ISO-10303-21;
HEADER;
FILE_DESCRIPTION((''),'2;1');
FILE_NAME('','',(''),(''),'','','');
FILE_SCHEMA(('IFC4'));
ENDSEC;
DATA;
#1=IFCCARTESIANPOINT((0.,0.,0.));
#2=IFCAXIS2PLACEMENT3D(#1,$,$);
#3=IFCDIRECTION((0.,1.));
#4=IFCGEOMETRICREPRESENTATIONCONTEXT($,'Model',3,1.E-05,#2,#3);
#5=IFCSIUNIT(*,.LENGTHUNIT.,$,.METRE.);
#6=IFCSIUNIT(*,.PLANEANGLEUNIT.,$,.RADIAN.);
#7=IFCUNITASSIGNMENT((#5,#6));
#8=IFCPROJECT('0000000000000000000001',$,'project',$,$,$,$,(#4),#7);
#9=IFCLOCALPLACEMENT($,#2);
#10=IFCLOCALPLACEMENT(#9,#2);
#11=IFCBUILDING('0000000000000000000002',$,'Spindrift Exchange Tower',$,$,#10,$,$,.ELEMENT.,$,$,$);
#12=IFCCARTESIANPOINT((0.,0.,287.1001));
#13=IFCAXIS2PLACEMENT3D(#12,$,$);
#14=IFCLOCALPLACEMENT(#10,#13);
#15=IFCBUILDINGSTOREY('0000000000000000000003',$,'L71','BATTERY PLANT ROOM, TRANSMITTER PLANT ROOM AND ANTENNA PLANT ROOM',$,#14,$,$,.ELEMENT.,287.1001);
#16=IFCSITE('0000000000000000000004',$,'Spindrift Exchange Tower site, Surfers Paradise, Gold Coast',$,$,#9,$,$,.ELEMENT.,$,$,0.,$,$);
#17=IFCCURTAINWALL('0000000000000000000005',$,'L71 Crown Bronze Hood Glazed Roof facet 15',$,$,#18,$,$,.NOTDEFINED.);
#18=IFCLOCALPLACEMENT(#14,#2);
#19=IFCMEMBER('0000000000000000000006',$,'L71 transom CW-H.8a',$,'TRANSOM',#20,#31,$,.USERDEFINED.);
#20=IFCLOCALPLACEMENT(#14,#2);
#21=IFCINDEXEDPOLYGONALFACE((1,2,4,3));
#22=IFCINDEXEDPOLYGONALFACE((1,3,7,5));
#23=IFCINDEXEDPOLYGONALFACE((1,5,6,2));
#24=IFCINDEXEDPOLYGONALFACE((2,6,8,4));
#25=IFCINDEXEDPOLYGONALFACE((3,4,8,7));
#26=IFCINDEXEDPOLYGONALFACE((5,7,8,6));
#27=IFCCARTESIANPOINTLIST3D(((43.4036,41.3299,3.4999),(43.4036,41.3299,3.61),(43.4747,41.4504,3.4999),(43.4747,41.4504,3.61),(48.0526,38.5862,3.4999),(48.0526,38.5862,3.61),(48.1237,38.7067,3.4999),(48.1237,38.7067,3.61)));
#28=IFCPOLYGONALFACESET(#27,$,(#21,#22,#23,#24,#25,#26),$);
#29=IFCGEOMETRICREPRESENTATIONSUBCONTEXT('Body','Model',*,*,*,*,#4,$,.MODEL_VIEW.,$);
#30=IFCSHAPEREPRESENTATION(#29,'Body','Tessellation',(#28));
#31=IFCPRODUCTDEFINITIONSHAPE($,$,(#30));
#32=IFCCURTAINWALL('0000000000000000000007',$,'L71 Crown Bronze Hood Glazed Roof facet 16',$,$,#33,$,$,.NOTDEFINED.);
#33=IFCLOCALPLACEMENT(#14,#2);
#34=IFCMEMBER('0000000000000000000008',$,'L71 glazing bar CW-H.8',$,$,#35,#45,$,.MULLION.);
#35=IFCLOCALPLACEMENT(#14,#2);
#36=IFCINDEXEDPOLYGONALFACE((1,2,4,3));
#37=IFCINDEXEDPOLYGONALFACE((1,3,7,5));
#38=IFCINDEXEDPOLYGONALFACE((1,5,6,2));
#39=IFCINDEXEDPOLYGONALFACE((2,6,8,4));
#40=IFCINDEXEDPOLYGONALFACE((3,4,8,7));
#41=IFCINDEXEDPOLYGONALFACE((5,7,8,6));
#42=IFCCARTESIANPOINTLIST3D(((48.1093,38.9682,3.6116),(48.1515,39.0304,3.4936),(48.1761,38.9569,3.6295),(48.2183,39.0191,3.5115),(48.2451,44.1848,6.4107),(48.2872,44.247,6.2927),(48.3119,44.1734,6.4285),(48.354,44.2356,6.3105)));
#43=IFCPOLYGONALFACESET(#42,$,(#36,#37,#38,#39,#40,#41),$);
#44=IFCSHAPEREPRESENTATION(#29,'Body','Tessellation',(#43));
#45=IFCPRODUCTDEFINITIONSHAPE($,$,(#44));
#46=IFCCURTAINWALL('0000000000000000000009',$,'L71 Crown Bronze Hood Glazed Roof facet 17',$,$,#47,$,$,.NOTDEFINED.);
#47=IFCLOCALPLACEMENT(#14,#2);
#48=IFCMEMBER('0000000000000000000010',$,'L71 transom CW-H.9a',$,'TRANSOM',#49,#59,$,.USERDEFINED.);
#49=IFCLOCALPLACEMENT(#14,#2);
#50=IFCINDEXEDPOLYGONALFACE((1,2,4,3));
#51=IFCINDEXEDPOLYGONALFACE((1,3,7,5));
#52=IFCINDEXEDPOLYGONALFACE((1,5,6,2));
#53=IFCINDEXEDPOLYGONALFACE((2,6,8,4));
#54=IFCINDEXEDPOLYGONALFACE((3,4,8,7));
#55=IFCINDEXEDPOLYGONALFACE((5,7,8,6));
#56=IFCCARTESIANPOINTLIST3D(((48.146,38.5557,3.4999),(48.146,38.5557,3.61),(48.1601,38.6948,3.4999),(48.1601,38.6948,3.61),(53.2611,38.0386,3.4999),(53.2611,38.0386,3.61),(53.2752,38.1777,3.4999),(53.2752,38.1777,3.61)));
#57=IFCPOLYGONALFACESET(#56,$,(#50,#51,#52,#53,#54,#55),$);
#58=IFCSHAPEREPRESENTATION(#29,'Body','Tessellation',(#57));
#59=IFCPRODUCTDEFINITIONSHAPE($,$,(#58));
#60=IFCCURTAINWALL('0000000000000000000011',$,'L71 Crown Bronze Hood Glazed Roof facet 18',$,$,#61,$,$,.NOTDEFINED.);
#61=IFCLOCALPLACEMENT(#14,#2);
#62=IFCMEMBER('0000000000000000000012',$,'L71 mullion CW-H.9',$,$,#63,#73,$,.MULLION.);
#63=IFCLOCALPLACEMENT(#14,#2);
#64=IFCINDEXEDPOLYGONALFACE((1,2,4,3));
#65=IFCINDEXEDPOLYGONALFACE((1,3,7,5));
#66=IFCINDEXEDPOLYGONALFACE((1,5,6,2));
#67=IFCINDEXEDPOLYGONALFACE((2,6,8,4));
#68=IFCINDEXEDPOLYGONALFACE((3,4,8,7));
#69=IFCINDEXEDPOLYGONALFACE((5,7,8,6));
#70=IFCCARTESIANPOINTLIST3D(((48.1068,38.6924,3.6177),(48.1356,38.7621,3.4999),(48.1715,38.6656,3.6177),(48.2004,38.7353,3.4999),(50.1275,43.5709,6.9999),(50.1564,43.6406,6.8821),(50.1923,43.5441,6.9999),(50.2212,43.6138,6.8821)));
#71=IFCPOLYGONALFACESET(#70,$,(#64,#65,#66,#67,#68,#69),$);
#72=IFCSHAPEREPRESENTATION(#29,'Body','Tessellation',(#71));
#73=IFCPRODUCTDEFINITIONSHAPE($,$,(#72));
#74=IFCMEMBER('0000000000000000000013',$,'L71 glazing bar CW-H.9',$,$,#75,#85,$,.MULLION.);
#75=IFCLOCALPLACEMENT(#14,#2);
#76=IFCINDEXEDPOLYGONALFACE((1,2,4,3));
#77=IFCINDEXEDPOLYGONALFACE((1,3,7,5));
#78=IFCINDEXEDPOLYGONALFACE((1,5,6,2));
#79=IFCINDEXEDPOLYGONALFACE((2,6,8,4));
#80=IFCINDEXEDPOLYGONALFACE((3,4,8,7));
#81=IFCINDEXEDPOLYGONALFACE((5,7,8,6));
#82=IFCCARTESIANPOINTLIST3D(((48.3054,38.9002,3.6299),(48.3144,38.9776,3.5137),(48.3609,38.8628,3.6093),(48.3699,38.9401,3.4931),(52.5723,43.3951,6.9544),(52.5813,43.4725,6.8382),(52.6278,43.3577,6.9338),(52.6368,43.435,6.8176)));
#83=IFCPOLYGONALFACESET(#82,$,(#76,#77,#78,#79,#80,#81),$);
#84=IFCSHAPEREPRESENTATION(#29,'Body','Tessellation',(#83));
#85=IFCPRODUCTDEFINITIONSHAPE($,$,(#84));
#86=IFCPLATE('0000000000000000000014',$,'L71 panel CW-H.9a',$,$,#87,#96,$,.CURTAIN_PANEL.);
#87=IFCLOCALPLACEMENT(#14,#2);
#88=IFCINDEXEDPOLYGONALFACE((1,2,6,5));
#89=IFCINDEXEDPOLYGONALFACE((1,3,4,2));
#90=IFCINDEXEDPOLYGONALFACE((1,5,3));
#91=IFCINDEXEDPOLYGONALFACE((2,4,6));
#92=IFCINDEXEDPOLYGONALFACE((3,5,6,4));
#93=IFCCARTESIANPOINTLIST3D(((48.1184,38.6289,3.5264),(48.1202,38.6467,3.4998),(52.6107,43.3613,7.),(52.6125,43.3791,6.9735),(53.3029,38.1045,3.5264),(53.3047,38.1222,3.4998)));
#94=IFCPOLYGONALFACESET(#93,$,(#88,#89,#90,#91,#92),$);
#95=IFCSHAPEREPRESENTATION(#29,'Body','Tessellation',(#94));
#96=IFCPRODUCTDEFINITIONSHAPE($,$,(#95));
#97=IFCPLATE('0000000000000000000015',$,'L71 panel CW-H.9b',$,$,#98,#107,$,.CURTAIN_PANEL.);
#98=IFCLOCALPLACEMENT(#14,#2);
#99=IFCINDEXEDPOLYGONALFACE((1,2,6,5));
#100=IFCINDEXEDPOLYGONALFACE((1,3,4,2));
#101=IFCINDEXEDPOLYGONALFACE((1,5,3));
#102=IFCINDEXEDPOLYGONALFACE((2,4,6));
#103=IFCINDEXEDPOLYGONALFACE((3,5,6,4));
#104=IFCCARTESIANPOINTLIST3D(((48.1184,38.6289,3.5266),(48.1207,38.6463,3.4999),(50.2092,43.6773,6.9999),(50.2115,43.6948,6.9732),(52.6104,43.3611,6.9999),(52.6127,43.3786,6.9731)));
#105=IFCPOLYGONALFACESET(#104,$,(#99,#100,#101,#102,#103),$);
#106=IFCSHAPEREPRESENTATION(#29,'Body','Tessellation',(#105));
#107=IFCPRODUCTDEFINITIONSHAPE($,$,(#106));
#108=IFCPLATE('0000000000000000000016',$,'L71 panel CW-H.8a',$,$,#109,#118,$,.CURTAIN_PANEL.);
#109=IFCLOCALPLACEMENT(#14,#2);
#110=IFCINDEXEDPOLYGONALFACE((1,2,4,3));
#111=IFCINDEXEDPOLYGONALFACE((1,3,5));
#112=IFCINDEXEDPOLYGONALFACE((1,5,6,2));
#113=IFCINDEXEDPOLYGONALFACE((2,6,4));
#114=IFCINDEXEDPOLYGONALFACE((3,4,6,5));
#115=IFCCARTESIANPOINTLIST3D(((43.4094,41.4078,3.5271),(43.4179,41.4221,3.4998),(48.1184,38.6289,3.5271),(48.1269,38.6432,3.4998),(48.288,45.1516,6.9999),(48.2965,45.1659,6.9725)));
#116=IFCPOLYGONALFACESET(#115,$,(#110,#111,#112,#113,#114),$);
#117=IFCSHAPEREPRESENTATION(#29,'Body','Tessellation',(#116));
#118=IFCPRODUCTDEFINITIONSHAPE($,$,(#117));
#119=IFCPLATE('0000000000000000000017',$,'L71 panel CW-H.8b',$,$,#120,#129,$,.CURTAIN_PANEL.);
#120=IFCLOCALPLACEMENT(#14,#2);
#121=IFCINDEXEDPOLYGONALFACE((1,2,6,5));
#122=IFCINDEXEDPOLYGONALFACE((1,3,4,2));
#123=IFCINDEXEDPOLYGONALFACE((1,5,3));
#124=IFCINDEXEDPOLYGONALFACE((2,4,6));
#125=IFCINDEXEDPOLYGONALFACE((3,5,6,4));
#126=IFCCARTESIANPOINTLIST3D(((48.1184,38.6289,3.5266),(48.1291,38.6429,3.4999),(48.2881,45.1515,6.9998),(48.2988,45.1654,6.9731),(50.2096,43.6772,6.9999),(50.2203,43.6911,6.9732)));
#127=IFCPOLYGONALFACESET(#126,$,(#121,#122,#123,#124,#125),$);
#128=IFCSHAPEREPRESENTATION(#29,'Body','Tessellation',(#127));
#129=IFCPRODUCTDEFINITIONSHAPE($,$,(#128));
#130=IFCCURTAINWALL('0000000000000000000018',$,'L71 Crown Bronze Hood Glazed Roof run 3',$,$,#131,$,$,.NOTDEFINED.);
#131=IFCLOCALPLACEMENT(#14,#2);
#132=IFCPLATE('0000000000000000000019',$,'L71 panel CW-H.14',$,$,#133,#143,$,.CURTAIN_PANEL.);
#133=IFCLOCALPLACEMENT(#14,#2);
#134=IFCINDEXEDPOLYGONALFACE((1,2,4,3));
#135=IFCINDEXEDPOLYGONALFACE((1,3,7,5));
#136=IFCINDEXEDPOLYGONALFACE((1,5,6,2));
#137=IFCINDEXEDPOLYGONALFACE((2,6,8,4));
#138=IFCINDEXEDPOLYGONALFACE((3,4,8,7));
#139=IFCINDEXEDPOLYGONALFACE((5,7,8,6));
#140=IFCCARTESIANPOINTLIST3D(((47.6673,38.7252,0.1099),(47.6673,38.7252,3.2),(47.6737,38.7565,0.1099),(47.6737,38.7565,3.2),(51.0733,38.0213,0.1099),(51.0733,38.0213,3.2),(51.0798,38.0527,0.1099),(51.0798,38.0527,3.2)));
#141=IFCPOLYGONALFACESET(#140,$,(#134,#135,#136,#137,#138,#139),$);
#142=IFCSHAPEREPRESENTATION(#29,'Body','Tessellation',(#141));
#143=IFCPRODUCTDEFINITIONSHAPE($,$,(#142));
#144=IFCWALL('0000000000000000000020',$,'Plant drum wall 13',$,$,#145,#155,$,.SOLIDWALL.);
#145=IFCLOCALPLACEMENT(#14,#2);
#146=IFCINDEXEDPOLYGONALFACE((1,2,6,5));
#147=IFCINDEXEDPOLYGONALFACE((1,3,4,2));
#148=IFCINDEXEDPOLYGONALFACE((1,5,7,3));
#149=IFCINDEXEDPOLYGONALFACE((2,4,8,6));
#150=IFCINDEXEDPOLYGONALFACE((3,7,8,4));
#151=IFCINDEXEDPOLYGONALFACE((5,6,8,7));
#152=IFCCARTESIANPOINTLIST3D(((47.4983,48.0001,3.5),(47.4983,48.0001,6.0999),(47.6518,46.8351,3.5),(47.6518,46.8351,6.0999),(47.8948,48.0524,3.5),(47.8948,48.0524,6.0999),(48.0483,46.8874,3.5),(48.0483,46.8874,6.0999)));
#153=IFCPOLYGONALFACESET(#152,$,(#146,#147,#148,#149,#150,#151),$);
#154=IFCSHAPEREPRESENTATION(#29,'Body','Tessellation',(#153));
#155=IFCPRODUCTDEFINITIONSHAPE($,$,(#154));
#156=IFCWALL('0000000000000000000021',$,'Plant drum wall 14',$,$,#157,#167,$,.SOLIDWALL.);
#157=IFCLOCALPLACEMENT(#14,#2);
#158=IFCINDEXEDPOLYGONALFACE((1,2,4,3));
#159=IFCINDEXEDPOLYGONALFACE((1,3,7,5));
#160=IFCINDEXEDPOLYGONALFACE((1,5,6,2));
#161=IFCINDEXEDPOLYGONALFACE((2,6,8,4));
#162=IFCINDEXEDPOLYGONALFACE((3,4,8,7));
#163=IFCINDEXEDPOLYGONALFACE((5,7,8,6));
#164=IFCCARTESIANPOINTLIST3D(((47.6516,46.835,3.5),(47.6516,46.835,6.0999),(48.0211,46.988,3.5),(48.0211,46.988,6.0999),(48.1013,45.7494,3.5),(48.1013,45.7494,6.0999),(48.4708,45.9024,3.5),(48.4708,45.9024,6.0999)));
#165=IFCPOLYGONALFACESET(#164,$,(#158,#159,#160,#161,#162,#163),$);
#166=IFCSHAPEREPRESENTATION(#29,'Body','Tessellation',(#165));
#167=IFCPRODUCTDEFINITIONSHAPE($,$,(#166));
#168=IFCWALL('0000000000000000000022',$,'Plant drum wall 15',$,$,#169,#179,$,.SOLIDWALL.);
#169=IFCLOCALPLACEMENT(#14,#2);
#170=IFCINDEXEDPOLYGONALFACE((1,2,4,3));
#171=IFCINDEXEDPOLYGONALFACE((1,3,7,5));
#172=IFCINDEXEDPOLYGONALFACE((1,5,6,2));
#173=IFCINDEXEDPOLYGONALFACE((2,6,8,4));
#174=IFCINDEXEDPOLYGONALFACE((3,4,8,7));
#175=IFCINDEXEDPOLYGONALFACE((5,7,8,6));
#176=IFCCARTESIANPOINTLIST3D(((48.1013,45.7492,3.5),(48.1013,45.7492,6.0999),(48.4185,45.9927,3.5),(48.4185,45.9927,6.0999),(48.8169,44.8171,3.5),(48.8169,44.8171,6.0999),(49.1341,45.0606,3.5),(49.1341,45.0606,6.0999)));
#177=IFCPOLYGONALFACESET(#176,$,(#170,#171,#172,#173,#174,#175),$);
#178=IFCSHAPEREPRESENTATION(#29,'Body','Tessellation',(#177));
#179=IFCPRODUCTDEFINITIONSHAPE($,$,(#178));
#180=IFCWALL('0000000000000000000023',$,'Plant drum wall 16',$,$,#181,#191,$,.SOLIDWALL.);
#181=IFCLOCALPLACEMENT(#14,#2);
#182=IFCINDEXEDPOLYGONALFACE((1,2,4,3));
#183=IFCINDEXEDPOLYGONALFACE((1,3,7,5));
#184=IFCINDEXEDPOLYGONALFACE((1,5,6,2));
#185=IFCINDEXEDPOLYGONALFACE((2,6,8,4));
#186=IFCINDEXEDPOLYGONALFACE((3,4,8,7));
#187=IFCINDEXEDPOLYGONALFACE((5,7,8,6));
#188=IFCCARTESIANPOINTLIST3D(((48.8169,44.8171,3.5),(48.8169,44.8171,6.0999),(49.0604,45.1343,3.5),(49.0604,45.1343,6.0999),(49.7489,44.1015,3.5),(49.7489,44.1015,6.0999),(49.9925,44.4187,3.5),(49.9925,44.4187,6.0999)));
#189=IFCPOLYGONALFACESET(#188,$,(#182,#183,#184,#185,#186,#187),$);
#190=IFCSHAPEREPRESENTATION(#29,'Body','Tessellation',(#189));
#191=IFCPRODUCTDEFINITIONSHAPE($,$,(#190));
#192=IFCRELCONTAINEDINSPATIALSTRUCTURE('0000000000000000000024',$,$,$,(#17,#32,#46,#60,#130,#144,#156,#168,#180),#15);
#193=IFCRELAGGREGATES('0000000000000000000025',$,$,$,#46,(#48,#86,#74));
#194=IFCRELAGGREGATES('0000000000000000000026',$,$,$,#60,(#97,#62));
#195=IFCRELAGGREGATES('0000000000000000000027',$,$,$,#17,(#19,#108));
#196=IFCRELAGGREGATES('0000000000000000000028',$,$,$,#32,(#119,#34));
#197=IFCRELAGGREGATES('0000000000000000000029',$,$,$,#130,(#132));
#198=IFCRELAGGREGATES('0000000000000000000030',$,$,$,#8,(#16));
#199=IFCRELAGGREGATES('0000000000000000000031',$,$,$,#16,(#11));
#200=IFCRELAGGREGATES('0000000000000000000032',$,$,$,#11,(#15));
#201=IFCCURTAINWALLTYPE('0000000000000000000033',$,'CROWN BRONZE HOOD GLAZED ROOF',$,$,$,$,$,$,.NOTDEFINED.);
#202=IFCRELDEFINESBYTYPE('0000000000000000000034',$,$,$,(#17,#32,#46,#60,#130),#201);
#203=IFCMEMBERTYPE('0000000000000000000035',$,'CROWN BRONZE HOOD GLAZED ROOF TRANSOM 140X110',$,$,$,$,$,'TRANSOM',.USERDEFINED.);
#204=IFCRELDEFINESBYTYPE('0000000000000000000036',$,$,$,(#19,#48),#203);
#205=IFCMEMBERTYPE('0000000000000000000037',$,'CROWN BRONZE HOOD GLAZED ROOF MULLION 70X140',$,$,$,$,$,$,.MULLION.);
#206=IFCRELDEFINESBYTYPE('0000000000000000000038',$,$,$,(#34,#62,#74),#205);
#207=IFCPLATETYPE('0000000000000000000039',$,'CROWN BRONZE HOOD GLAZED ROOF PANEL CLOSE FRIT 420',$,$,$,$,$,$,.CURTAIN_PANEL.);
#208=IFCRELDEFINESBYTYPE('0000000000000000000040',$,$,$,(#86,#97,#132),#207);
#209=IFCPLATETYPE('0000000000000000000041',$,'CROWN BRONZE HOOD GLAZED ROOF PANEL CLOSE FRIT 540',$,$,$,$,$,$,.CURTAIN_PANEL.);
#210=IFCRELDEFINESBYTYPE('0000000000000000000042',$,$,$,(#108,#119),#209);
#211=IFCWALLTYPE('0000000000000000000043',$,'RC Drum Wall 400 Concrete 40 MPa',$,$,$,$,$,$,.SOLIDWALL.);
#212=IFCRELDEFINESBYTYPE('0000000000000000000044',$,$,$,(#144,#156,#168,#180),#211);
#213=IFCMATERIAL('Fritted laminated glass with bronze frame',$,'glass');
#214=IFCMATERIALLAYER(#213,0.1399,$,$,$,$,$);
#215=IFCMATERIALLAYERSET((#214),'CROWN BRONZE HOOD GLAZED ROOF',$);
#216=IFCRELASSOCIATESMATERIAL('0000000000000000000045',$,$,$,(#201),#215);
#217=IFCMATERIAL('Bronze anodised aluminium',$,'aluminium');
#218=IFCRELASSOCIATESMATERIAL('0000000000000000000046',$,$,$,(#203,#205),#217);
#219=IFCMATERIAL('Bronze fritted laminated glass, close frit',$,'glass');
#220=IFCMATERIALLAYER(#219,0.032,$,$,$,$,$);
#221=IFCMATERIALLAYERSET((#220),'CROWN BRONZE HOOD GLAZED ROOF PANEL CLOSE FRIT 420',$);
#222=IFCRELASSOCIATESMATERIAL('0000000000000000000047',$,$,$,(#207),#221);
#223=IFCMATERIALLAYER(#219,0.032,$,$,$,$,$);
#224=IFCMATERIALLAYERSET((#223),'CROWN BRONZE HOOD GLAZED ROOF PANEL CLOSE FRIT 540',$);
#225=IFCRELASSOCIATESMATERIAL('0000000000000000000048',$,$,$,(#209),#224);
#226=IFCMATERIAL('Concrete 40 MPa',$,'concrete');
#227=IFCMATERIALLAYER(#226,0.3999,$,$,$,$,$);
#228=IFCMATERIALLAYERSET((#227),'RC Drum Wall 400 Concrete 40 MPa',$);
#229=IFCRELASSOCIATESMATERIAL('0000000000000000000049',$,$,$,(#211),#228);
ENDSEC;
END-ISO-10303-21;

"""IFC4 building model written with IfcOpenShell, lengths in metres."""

from ifc_helpers import new_model, si_unit, direction, frame, frame_2d, origin, origin_2d, place, context, subcontext, project, spatial, line, indexed_curve, rectangle, outline, extrude, source, transform, mapped, material, layer, layer_set, material_profile, profile_set, type_object, element, aggregate, save


model = new_model("IFC4")

# Units and contexts
model_context = context("Model", 3, precision=1e-05, world=origin(), true_north=direction((0.0, 1.0)))
body_context = subcontext(model_context, "Body", "Model", "MODEL_VIEW")
ifc_project = project(units=[si_unit("LENGTHUNIT", "METRE"), si_unit("PLANEANGLEUNIT", "RADIAN")], contexts=[model_context])

# Site, building, storey
site_placement = place(None, origin())
site = spatial("IfcSite", under=ifc_project, at=site_placement, Name="Spindrift Exchange Tower site, Surfers Paradise, Gold Coast", CompositionType="ELEMENT", RefElevation=0.0)
building_placement = place(site_placement, origin())
building = spatial("IfcBuilding", under=site, at=building_placement, Name="Spindrift Exchange Tower", CompositionType="ELEMENT")
storey_placement = place(building_placement, frame((0.0, 0.0, 287.1001)))
storey = spatial("IfcBuildingStorey", under=building, at=storey_placement, Name="L71", Description="BATTERY PLANT ROOM, TRANSMITTER PLANT ROOM AND ANTENNA PLANT ROOM", CompositionType="ELEMENT", Elevation=287.1001)

# Shared definitions
ifc_material_1 = material(Name="Concrete 40 MPa", Category="concrete")

# Curtain walls, members
ifc_material_2 = material(Name="Fritted laminated glass with bronze frame", Category="glass")
ifc_layer_1 = layer(ifc_material_2, 0.1399)
ifc_layer_set_1 = layer_set([ifc_layer_1], Name="CROWN BRONZE HOOD GLAZED ROOF")
curtain_wall_type = type_object("IfcCurtainWallType", Name="CROWN BRONZE HOOD GLAZED ROOF", PredefinedType="NOTDEFINED", material=ifc_layer_set_1)
curtain_wall_1_placement = place(storey_placement, origin())
curtain_wall_1 = element("IfcCurtainWall", 1, at=curtain_wall_1_placement, inside=storey, type_object=curtain_wall_type, Name="L71 Crown Bronze Hood Glazed Roof facet 15", PredefinedType="NOTDEFINED")
ifc_material_3 = material(Name="Bronze anodised aluminium", Category="aluminium")
ifc_material_profile_1 = material_profile(ifc_material_3, rectangle(XDim=0.1399, YDim=0.1101, at=origin_2d()), Name="CROWN BRONZE HOOD GLAZED ROOF TRANSOM 140X110")
ifc_profile_set_1 = profile_set([ifc_material_profile_1], Name="Bronze anodised aluminium")
member_type_1 = type_object("IfcMemberType", Name="CROWN BRONZE HOOD GLAZED ROOF TRANSOM 140X110", ElementType="TRANSOM", PredefinedType="USERDEFINED", material=ifc_profile_set_1)
shared_shape_1 = source(origin(), body_context, "Body", "SweptSolid", [
    extrude(rectangle(XDim=0.1399, YDim=0.1101, at=origin_2d()), origin(), (0.0, 0.0, 1.0), 5.3982),
])
member_1_placement = place(storey_placement, frame((48.0881, 38.6465, 3.5549), z_axis=(-0.861206, 0.508257, 0.0), x_axis=(-0.508257, -0.861206, 0.0)))
member_1 = element("IfcMember", 2, at=member_1_placement, type_object=member_type_1, Name="L71 transom CW-H.8a", ObjectType="TRANSOM", PredefinedType="USERDEFINED", context=body_context, shape_type="MappedRepresentation", body=[
    mapped(shared_shape_1, transform((0.0, 0.0, 0.0), scale=1.0)),
])
curtain_wall_2_placement = place(storey_placement, origin())
curtain_wall_2 = element("IfcCurtainWall", 3, at=curtain_wall_2_placement, inside=storey, type_object=curtain_wall_type, Name="L71 Crown Bronze Hood Glazed Roof facet 16", PredefinedType="NOTDEFINED")
ifc_material_profile_2 = material_profile(ifc_material_3, rectangle(XDim=0.0701, YDim=0.1399, at=origin_2d()), Name="CROWN BRONZE HOOD GLAZED ROOF MULLION 70X140")
ifc_profile_set_2 = profile_set([ifc_material_profile_2], Name="Bronze anodised aluminium")
member_type_2 = type_object("IfcMemberType", Name="CROWN BRONZE HOOD GLAZED ROOF MULLION 70X140", PredefinedType="MULLION", material=ifc_profile_set_2)
shared_shape_2 = source(origin(), body_context, "Body", "SweptSolid", [
    extrude(rectangle(XDim=0.0701, YDim=0.1399, at=origin_2d()), origin(), (0.0, 0.0, 1.0), 5.9216),
])
member_2_placement = place(storey_placement, frame((48.1638, 38.9937, 3.5615), z_axis=(0.022923, 0.880932, 0.472686), x_axis=(-0.953246, 0.161767, -0.255253)))
member_2 = element("IfcMember", 4, at=member_2_placement, type_object=member_type_2, Name="L71 glazing bar CW-H.8", PredefinedType="MULLION", context=body_context, shape_type="MappedRepresentation", body=[
    mapped(shared_shape_2, transform((0.0, 0.0, 0.0), scale=1.0)),
])
curtain_wall_3_placement = place(storey_placement, origin())
curtain_wall_3 = element("IfcCurtainWall", 5, at=curtain_wall_3_placement, inside=storey, type_object=curtain_wall_type, Name="L71 Crown Bronze Hood Glazed Roof facet 17", PredefinedType="NOTDEFINED")
shared_shape_3 = source(origin(), body_context, "Body", "SweptSolid", [
    extrude(rectangle(XDim=0.1399, YDim=0.1101, at=origin_2d()), origin(), (0.0, 0.0, 1.0), 5.1411),
])
member_3_placement = place(storey_placement, frame((48.1531, 38.6252, 3.5549), z_axis=(0.994929, -0.10058, 0.0), x_axis=(0.10058, 0.994929, 0.0)))
member_3 = element("IfcMember", 6, at=member_3_placement, type_object=member_type_1, Name="L71 transom CW-H.9a", ObjectType="TRANSOM", PredefinedType="USERDEFINED", context=body_context, shape_type="MappedRepresentation", body=[
    mapped(shared_shape_3, transform((0.0, 0.0, 0.0), scale=1.0)),
])
curtain_wall_4_placement = place(storey_placement, origin())
curtain_wall_4 = element("IfcCurtainWall", 7, at=curtain_wall_4_placement, inside=storey, type_object=curtain_wall_type, Name="L71 Crown Bronze Hood Glazed Roof facet 18", PredefinedType="NOTDEFINED")
shared_shape_4 = source(origin(), body_context, "Body", "SweptSolid", [
    extrude(rectangle(XDim=0.0701, YDim=0.1399, at=origin_2d()), origin(), (0.0, 0.0, 1.0), 6.2708),
])
member_4_placement = place(storey_placement, frame((48.1536, 38.7139, 3.5588), z_axis=(0.322256, 0.777978, 0.539352), x_axis=(-0.923877, 0.382691, 0.0)))
member_4 = element("IfcMember", 8, at=member_4_placement, type_object=member_type_2, Name="L71 mullion CW-H.9", PredefinedType="MULLION", context=body_context, shape_type="MappedRepresentation", body=[
    mapped(shared_shape_4, transform((0.0, 0.0, 0.0), scale=1.0)),
])

# Member
shared_shape_5 = source(origin(), body_context, "Body", "SweptSolid", [
    extrude(rectangle(XDim=0.0701, YDim=0.1399, at=origin_2d()), origin(), (0.0, 0.0, 1.0), 7.033),
])
member_5_placement = place(storey_placement, frame((48.3376, 38.9202, 3.5615), z_axis=(0.606697, 0.639119, 0.4727), x_axis=(-0.792328, 0.534289, 0.294537)))
member_5 = element("IfcMember", 9, at=member_5_placement, type_object=member_type_2, Name="L71 glazing bar CW-H.9", PredefinedType="MULLION", context=body_context, shape_type="MappedRepresentation", body=[
    mapped(shared_shape_5, transform((0.0, 0.0, 0.0), scale=1.0)),
])

# Plates
ifc_material_4 = material(Name="Bronze fritted laminated glass, close frit", Category="glass")
ifc_layer_2 = layer(ifc_material_4, 0.032)
ifc_layer_set_2 = layer_set([ifc_layer_2], Name="CROWN BRONZE HOOD GLAZED ROOF PANEL CLOSE FRIT 420")
plate_type_1 = type_object("IfcPlateType", Name="CROWN BRONZE HOOD GLAZED ROOF PANEL CLOSE FRIT 420", PredefinedType="CURTAIN_PANEL", material=ifc_layer_set_2)
plate_1_placement = place(storey_placement, frame((48.1184, 38.6289, 3.5264), z_axis=(-0.056198, -0.555566, 0.829571), x_axis=(0.994923, -0.10064, 0.0)))
plate_1 = element("IfcPlate", 10, at=plate_1_placement, type_object=plate_type_1, Name="L71 panel CW-H.9a", PredefinedType="CURTAIN_PANEL", context=body_context, shape_type="SweptSolid", body=[
    extrude(outline(indexed_curve([(0.0, 0.0), (5.2109, 0.0), (3.9932, 6.2207)], segments=[line(1, 2, 3, 1)], self_intersect=False)), origin(), (0.0, 0.0, -1.0), 0.032),
])
aggregate(curtain_wall_3, [member_3, plate_1, member_5])
plate_2_placement = place(storey_placement, frame((48.1184, 38.6289, 3.5266), z_axis=(-0.071761, -0.544999, 0.83536), x_axis=(0.607719, 0.640218, 0.469892)))
plate_2 = element("IfcPlate", 11, at=plate_2_placement, type_object=plate_type_1, Name="L71 panel CW-H.9b", PredefinedType="CURTAIN_PANEL", context=body_context, shape_type="SweptSolid", body=[
    extrude(outline(indexed_curve([(0.0, 0.0), (7.3916, 0.0), (6.1348, 2.0703)], segments=[line(1, 2, 3, 1)], self_intersect=False)), origin(), (0.0, 0.0, -1.0), 0.032),
])
aggregate(curtain_wall_4, [plate_2, member_4])
ifc_layer_3 = layer(ifc_material_4, 0.032)
ifc_layer_set_3 = layer_set([ifc_layer_3], Name="CROWN BRONZE HOOD GLAZED ROOF PANEL CLOSE FRIT 540")
plate_type_2 = type_object("IfcPlateType", Name="CROWN BRONZE HOOD GLAZED ROOF PANEL CLOSE FRIT 540", PredefinedType="CURTAIN_PANEL", material=ifc_layer_set_3)
plate_3_placement = place(storey_placement, frame((48.1184, 38.6289, 3.5271), z_axis=(-0.264306, -0.447878, 0.854136), x_axis=(-0.861221, 0.508231, 0.0)))
plate_3 = element("IfcPlate", 12, at=plate_3_placement, type_object=plate_type_2, Name="L71 panel CW-H.8a", PredefinedType="CURTAIN_PANEL", context=body_context, shape_type="SweptSolid", body=[
    extrude(outline(indexed_curve([(0.0, 0.0), (5.4678, 0.0), (3.1689, -6.6777)], segments=[line(1, 2, 3, 1)], self_intersect=False)), origin(), (0.0, 0.0, -1.0), 0.032),
])
aggregate(curtain_wall_1, [member_1, plate_3])
plate_4_placement = place(storey_placement, frame((48.1184, 38.6289, 3.5266), z_axis=(-0.334647, -0.436111, 0.835355), x_axis=(0.022954, 0.88243, 0.469883)))
plate_4 = element("IfcPlate", 13, at=plate_4_placement, type_object=plate_type_2, Name="L71 panel CW-H.8b", PredefinedType="CURTAIN_PANEL", context=body_context, shape_type="SweptSolid", body=[
    extrude(outline(indexed_curve([(0.0, 0.0), (7.3916, 0.0), (6.1348, -2.0703)], segments=[line(1, 2, 3, 1)], self_intersect=False)), origin(), (0.0, 0.0, -1.0), 0.032),
])
aggregate(curtain_wall_2, [plate_4, member_2])

# Curtain wall, plate
curtain_wall_5_placement = place(storey_placement, origin())
curtain_wall_5 = element("IfcCurtainWall", 14, at=curtain_wall_5_placement, inside=storey, type_object=curtain_wall_type, Name="L71 Crown Bronze Hood Glazed Roof run 3", PredefinedType="NOTDEFINED")
shared_shape_6 = source(origin(), body_context, "Body", "SweptSolid", [
    extrude(rectangle(XDim=3.478, YDim=0.032, at=origin_2d()), origin(), (0.0, 0.0, 1.0), 3.0901),
])
plate_5_placement = place(storey_placement, frame((49.3735, 38.3889, 0.1099), z_axis=(0.0, 0.0, 1.0), x_axis=(0.97931, -0.202367, 0.0)))
plate_5 = element("IfcPlate", 15, at=plate_5_placement, type_object=plate_type_1, Name="L71 panel CW-H.14", PredefinedType="CURTAIN_PANEL", context=body_context, shape_type="MappedRepresentation", body=[
    mapped(shared_shape_6, transform((0.0, 0.0, 0.0), scale=1.0)),
])
aggregate(curtain_wall_5, [plate_5])

# Walls
ifc_layer_4 = layer(ifc_material_1, 0.3999)
ifc_layer_set_4 = layer_set([ifc_layer_4], Name="RC Drum Wall 400 Concrete 40 MPa")
wall_type = type_object("IfcWallType", Name="RC Drum Wall 400 Concrete 40 MPa", PredefinedType="SOLIDWALL", material=ifc_layer_set_4)
for number, where, z_axis, x_axis, name in (
    (16, (47.6965, 48.0261, 3.5), (0.0, 0.0, 1.0), (0.13068, -0.991425, 0.0), "Plant drum wall 13"),
    (17, (47.8364, 46.9114, 3.5), (0.0, 0.0, 1.0), (0.382682, -0.92388, 0.0), "Plant drum wall 14"),
    (18, (48.26, 45.8708, 3.5), (0.0, 0.0, 1.0), (0.608937, -0.793218, 0.0), "Plant drum wall 15"),
    (19, (48.9387, 44.9756, 3.5), (0.0, 0.0, 1.0), (0.793218, -0.608937, 0.0), "Plant drum wall 16"),
):
    element("IfcWall", number, at=place(storey_placement, frame(where, z_axis=z_axis, x_axis=x_axis)), inside=storey, type_object=wall_type, Name=name, PredefinedType="SOLIDWALL", context=body_context, shape_type="SweptSolid", body=[
        extrude(rectangle(XDim=1.175, YDim=0.3999, at=frame_2d((0.5874, 0.0))), origin(), (0.0, 0.0, 1.0), 2.5999),
    ])

save(model, "model.ifc")
